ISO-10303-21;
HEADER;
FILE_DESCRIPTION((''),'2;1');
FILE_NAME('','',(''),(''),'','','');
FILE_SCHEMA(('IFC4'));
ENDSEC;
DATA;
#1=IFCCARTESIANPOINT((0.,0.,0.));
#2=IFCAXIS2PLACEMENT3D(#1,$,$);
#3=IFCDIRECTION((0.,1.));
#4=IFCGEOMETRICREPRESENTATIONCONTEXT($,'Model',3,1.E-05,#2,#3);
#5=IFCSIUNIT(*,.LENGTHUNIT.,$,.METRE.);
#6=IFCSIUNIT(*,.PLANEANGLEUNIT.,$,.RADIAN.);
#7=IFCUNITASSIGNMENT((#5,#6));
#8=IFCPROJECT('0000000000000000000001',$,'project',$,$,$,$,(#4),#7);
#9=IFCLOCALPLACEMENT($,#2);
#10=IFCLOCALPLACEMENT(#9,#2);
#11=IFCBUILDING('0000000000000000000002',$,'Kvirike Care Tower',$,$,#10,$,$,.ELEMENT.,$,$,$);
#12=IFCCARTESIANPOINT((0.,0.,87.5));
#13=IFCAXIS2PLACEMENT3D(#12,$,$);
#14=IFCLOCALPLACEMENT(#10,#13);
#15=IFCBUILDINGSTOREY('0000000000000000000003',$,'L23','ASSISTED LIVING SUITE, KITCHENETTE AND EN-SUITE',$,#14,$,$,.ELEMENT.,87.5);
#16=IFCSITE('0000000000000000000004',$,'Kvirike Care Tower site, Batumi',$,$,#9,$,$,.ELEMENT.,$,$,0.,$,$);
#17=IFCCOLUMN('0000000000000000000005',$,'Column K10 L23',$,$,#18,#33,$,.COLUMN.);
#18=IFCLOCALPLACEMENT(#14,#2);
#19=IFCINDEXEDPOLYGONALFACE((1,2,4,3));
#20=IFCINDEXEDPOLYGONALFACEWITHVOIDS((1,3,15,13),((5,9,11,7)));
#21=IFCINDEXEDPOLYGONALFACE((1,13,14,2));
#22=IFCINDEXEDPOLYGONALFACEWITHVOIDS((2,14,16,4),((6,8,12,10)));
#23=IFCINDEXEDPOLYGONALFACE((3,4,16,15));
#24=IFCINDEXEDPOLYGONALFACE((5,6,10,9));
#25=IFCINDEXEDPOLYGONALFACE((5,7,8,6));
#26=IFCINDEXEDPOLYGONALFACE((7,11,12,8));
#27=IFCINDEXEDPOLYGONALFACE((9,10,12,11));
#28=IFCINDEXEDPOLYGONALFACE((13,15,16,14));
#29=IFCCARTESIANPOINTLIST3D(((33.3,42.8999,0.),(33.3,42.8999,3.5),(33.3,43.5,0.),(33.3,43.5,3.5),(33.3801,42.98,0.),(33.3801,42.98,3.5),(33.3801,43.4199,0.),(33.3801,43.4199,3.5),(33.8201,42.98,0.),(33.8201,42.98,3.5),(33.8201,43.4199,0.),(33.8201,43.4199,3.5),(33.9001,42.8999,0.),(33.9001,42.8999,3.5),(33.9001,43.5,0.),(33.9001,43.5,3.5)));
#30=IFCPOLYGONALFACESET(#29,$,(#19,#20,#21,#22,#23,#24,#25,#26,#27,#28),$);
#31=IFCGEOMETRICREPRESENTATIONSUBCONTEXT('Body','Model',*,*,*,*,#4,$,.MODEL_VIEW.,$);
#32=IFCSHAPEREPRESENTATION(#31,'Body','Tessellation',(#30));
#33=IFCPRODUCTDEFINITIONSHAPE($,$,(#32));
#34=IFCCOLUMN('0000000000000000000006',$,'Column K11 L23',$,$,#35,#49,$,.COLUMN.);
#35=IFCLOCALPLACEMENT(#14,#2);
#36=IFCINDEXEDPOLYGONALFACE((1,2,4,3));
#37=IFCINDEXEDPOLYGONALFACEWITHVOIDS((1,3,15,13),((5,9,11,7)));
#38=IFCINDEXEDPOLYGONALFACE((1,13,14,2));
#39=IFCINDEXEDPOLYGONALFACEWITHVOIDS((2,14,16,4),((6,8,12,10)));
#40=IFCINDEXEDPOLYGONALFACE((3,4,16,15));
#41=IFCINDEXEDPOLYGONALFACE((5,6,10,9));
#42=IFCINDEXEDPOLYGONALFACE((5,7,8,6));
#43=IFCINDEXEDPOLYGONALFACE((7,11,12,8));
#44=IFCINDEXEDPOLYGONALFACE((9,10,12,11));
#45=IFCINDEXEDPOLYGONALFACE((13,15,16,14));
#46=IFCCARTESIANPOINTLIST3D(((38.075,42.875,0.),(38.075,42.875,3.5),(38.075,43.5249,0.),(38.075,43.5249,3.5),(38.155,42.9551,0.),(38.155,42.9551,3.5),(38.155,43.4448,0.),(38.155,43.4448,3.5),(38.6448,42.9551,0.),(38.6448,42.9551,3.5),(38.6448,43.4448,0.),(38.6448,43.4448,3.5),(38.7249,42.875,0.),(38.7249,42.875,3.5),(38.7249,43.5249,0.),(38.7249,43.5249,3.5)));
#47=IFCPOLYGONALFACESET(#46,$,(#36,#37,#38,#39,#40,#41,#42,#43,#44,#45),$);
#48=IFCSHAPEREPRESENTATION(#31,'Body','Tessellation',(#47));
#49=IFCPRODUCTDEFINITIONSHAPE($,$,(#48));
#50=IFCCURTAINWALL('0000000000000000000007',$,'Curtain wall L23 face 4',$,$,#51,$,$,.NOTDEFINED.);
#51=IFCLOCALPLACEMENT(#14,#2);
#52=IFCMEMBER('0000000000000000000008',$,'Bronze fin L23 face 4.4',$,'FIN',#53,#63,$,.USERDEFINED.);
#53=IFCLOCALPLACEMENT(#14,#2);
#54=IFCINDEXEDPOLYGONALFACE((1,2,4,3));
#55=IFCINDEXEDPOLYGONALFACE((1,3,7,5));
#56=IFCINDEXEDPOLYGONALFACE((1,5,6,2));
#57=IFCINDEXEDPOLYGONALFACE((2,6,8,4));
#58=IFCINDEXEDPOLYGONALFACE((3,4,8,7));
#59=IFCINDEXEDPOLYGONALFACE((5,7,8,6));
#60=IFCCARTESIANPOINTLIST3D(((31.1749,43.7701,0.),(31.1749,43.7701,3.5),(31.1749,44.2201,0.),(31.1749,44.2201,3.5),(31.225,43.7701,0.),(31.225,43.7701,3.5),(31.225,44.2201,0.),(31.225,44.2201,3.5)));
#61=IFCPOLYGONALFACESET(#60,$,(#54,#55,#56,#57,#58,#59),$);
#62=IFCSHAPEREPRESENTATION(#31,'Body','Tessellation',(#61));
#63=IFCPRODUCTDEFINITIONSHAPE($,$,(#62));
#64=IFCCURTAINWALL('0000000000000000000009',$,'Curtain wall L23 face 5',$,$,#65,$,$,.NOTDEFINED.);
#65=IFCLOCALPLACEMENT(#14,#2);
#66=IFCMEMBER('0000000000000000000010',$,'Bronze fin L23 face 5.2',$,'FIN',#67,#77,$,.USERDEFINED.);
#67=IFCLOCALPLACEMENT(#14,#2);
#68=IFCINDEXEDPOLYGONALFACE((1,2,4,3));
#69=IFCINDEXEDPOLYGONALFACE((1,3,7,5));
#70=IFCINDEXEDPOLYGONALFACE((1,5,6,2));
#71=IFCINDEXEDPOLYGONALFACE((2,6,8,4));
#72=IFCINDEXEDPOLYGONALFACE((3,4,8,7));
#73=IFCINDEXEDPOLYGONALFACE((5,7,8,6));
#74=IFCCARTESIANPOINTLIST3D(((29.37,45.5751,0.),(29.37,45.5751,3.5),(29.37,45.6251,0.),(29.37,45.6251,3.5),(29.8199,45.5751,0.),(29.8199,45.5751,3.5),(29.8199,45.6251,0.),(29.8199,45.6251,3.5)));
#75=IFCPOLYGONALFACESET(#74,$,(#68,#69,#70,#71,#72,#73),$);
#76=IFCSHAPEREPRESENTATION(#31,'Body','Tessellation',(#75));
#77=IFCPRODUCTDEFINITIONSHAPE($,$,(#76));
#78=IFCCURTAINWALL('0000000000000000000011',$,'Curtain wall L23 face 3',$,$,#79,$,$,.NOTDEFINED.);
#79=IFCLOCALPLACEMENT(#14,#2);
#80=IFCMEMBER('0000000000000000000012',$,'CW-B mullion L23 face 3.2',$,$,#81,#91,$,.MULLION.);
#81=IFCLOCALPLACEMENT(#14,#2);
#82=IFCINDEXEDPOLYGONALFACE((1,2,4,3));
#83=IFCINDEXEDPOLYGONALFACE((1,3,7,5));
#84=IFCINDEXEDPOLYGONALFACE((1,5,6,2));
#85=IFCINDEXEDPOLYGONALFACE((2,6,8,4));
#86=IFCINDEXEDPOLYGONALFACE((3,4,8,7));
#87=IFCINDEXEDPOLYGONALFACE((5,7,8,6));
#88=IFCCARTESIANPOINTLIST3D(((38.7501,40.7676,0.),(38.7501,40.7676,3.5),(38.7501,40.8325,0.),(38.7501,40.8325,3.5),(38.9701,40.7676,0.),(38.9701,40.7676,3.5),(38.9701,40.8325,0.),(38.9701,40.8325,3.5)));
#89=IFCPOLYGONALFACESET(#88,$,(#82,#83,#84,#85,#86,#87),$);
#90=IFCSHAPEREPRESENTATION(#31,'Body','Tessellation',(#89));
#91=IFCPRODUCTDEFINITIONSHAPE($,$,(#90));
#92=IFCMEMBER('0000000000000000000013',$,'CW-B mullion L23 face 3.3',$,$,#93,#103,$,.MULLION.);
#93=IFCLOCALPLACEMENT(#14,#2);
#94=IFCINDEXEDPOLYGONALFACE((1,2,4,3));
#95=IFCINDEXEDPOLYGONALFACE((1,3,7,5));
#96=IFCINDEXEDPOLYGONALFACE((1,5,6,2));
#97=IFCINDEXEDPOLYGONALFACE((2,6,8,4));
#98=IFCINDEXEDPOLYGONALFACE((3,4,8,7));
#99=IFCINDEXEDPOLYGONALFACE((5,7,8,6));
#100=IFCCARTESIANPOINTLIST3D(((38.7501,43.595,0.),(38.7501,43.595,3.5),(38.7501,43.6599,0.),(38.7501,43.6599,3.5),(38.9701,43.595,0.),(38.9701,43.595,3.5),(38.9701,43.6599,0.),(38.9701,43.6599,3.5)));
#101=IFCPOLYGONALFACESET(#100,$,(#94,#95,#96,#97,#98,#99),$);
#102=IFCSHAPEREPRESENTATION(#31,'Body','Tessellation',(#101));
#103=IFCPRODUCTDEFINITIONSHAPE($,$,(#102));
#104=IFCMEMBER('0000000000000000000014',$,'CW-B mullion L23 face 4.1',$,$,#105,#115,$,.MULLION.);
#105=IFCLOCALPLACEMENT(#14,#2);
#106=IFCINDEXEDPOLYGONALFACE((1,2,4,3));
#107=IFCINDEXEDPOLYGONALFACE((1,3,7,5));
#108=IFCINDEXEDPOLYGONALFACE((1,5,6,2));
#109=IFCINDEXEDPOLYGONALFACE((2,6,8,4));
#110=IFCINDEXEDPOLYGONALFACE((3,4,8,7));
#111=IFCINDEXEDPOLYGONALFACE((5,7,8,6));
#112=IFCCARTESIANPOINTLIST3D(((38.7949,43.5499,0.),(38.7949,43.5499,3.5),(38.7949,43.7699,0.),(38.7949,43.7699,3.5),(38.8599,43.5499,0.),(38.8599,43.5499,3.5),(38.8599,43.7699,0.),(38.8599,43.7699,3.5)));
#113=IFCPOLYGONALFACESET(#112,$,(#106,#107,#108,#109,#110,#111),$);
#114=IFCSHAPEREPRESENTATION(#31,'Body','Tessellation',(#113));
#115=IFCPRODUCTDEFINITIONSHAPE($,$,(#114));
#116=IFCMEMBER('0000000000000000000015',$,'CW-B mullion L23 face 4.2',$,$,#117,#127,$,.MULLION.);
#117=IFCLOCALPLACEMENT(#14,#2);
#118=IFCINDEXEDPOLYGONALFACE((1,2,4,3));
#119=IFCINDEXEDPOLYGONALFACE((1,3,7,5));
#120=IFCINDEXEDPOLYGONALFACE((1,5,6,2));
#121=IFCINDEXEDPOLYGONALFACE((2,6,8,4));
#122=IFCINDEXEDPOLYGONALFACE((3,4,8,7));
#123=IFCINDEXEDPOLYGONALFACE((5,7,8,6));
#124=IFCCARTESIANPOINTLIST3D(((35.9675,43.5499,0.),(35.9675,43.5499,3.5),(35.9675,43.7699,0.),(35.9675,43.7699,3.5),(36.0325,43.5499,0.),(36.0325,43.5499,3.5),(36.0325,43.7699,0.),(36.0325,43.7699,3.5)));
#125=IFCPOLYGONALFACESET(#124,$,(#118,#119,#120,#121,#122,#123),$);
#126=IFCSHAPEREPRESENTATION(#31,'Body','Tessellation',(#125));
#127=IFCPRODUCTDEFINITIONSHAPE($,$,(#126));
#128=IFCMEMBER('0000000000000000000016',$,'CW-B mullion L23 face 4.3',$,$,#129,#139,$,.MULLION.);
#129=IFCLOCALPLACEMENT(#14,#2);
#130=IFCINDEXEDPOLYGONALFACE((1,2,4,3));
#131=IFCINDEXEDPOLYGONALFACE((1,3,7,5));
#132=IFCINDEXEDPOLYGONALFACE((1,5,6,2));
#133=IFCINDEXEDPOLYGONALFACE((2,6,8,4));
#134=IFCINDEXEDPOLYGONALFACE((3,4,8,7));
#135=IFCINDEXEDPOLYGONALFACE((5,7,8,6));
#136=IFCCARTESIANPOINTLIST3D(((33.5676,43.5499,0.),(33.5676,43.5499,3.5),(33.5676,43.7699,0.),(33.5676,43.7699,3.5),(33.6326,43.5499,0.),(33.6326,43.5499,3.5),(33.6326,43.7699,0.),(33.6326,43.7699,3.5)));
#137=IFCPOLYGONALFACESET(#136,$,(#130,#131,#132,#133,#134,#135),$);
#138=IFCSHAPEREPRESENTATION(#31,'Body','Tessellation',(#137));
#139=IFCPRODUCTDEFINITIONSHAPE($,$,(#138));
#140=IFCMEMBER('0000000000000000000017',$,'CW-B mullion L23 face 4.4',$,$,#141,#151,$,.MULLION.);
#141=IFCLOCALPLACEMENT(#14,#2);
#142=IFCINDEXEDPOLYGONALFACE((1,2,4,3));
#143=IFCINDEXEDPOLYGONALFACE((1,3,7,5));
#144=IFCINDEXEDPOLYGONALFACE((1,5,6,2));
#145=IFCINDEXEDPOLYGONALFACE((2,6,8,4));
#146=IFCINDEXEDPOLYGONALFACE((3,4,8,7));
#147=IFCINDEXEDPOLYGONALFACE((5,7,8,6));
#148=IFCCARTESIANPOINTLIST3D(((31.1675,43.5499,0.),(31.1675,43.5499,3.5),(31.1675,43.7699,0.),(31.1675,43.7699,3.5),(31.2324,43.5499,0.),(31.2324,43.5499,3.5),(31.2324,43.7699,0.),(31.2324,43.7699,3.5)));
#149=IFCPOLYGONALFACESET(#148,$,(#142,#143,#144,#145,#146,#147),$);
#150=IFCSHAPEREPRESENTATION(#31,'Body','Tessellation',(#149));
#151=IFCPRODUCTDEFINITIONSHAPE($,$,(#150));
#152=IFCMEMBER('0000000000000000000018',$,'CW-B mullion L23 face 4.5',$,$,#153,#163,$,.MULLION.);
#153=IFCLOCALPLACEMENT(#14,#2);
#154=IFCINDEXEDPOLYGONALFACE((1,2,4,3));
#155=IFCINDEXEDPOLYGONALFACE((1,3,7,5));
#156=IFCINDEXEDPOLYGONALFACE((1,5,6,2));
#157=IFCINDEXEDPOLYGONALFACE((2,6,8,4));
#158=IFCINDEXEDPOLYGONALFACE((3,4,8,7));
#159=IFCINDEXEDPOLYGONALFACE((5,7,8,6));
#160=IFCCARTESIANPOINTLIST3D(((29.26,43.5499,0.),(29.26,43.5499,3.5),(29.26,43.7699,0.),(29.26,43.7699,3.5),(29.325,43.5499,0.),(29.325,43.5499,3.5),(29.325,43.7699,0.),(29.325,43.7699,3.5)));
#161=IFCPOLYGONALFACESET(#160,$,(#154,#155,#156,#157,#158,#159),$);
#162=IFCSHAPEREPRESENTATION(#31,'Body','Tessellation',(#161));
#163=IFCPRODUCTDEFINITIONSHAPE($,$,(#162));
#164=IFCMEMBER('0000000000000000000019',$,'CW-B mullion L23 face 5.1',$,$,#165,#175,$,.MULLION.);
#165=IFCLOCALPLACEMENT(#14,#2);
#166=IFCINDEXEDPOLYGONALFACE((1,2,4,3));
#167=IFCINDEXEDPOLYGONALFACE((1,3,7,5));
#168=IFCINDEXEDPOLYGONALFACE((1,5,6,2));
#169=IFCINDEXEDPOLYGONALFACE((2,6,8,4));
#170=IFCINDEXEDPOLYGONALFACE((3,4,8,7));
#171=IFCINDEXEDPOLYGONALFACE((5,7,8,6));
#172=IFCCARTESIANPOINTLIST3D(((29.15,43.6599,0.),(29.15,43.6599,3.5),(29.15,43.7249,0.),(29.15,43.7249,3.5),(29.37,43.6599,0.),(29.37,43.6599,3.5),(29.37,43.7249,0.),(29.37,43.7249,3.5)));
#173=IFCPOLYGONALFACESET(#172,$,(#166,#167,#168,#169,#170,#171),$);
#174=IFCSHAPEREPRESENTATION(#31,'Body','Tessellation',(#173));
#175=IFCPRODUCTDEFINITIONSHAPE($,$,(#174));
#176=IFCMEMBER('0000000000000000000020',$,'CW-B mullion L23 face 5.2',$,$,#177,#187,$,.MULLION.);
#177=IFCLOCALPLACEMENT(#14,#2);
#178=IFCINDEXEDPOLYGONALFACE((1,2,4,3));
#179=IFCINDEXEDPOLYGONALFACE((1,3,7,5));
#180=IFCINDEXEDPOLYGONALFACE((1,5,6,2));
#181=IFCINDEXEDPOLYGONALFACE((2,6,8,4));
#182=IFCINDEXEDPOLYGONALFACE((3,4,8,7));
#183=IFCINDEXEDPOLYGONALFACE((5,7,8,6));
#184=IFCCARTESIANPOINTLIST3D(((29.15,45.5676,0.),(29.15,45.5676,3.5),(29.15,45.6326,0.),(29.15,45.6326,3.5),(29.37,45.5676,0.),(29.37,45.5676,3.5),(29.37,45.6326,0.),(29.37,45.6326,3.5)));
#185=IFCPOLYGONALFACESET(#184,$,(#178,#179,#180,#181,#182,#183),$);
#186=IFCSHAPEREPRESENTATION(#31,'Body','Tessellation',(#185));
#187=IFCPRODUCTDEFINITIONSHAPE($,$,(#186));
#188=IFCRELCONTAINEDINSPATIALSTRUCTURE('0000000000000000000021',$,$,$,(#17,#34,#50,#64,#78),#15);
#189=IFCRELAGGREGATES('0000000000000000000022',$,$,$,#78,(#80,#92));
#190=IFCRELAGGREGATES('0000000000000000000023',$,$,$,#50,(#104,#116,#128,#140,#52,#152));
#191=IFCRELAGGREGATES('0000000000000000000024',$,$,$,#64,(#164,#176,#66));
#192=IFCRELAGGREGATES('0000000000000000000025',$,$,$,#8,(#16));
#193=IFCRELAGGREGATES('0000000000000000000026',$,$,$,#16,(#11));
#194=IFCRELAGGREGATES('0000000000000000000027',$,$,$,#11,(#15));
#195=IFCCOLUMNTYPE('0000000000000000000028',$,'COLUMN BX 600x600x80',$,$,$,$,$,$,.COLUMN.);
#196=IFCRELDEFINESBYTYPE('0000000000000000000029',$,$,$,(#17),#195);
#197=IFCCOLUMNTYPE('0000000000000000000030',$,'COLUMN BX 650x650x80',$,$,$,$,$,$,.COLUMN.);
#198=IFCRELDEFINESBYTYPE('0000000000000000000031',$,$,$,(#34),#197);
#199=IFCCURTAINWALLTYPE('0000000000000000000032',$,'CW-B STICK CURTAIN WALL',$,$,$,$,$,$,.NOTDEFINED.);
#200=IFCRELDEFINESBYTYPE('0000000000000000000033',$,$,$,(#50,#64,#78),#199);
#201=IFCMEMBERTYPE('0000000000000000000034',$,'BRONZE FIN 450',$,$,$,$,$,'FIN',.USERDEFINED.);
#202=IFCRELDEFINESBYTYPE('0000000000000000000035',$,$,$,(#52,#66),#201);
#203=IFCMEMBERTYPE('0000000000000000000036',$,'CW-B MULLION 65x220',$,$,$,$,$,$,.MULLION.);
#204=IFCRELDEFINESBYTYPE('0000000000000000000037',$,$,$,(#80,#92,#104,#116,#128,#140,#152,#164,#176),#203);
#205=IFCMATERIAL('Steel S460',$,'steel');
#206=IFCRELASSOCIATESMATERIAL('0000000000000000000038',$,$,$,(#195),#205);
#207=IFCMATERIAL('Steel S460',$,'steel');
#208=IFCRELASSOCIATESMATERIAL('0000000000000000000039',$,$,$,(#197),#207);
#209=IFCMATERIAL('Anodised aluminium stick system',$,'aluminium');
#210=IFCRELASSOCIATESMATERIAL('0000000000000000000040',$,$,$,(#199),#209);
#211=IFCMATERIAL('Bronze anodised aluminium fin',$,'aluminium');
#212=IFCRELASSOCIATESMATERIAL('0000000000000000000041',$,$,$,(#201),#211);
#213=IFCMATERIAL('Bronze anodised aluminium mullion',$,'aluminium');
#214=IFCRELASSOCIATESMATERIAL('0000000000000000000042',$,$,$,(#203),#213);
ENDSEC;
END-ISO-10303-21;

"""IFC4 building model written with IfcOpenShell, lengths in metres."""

from ifc_helpers import new_model, si_unit, direction, frame, origin, origin_2d, place, context, subcontext, project, spatial, rectangle, hollow_rectangle, extrude, material, material_profile, profile_set, type_object, element, aggregate, save


model = new_model("IFC4")

# Units and contexts
model_context = context("Model", 3, precision=1e-05, world=origin(), true_north=direction((0.0, 1.0)))
body_context = subcontext(model_context, "Body", "Model", "MODEL_VIEW")
ifc_project = project(units=[si_unit("LENGTHUNIT", "METRE"), si_unit("PLANEANGLEUNIT", "RADIAN")], contexts=[model_context])

# Site, building, storey
site_placement = place(None, origin())
site = spatial("IfcSite", under=ifc_project, at=site_placement, Name="Kvirike Care Tower site, Batumi", CompositionType="ELEMENT", RefElevation=0.0)
building_placement = place(site_placement, origin())
building = spatial("IfcBuilding", under=site, at=building_placement, Name="Kvirike Care Tower", CompositionType="ELEMENT")
storey_placement = place(building_placement, frame((0.0, 0.0, 87.5)))
storey = spatial("IfcBuildingStorey", under=building, at=storey_placement, Name="L23", Description="ASSISTED LIVING SUITE, KITCHENETTE AND EN-SUITE", CompositionType="ELEMENT", Elevation=87.5)

# Columns
ifc_material_1 = material(Name="Steel S460", Category="steel")
ifc_material_profile_1 = material_profile(ifc_material_1, hollow_rectangle(XDim=0.6001, YDim=0.6001, WallThickness=0.0801, at=origin_2d()), Name="BX 600x600x80")
ifc_profile_set_1 = profile_set([ifc_material_profile_1], Name="Steel S460")
column_type_1 = type_object("IfcColumnType", Name="COLUMN BX 600x600x80", PredefinedType="COLUMN", material=ifc_profile_set_1)
column_1_placement = place(storey_placement, frame((33.6001, 43.2, 0.0), z_axis=(0.0, 0.0, 1.0), x_axis=(0.0, 1.0, 0.0)))
element("IfcColumn", 1, at=column_1_placement, inside=storey, type_object=column_type_1, Name="Column K10 L23", PredefinedType="COLUMN", context=body_context, shape_type="SweptSolid", body=[
    extrude(hollow_rectangle(XDim=0.6001, YDim=0.6001, WallThickness=0.0801, at=origin_2d()), origin(), (0.0, 0.0, 1.0), 3.5),
])
ifc_material_2 = material(Name="Steel S460", Category="steel")
ifc_material_profile_2 = material_profile(ifc_material_2, hollow_rectangle(XDim=0.6499, YDim=0.6499, WallThickness=0.0801, at=origin_2d()), Name="BX 650x650x80")
ifc_profile_set_2 = profile_set([ifc_material_profile_2], Name="Steel S460")
column_type_2 = type_object("IfcColumnType", Name="COLUMN BX 650x650x80", PredefinedType="COLUMN", material=ifc_profile_set_2)
column_2_placement = place(storey_placement, frame((38.3999, 43.2, 0.0), z_axis=(0.0, 0.0, 1.0), x_axis=(0.0, 1.0, 0.0)))
element("IfcColumn", 2, at=column_2_placement, inside=storey, type_object=column_type_2, Name="Column K11 L23", PredefinedType="COLUMN", context=body_context, shape_type="SweptSolid", body=[
    extrude(hollow_rectangle(XDim=0.6499, YDim=0.6499, WallThickness=0.0801, at=origin_2d()), origin(), (0.0, 0.0, 1.0), 3.5),
])

# Curtain walls, members
ifc_material_3 = material(Name="Anodised aluminium stick system", Category="aluminium")
curtain_wall_type = type_object("IfcCurtainWallType", Name="CW-B STICK CURTAIN WALL", PredefinedType="NOTDEFINED", material=ifc_material_3)
curtain_wall_1_placement = place(storey_placement, origin())
curtain_wall_1 = element("IfcCurtainWall", 3, at=curtain_wall_1_placement, inside=storey, type_object=curtain_wall_type, Name="Curtain wall L23 face 4", PredefinedType="NOTDEFINED")
ifc_material_4 = material(Name="Bronze anodised aluminium fin", Category="aluminium")
ifc_material_profile_3 = material_profile(ifc_material_4, rectangle(XDim=0.05, YDim=0.45, at=origin_2d()), Name="BRONZE FIN 450")
ifc_profile_set_3 = profile_set([ifc_material_profile_3], Name="Bronze anodised aluminium fin")
member_type_1 = type_object("IfcMemberType", Name="BRONZE FIN 450", ElementType="FIN", PredefinedType="USERDEFINED", material=ifc_profile_set_3)
member_1_placement = place(storey_placement, frame((31.2, 43.9951, 0.0), z_axis=(0.0, 0.0, 1.0), x_axis=(-1.0, 0.0, 0.0)))
member_1 = element("IfcMember", 4, at=member_1_placement, type_object=member_type_1, Name="Bronze fin L23 face 4.4", ObjectType="FIN", PredefinedType="USERDEFINED", context=body_context, shape_type="SweptSolid", body=[
    extrude(rectangle(XDim=0.05, YDim=0.45, at=origin_2d()), origin(), (0.0, 0.0, 1.0), 3.5),
])
curtain_wall_2_placement = place(storey_placement, origin())
curtain_wall_2 = element("IfcCurtainWall", 5, at=curtain_wall_2_placement, inside=storey, type_object=curtain_wall_type, Name="Curtain wall L23 face 5", PredefinedType="NOTDEFINED")
member_2_placement = place(storey_placement, frame((29.595, 45.6001, 0.0), z_axis=(0.0, 0.0, 1.0), x_axis=(0.0, 1.0, 0.0)))
member_2 = element("IfcMember", 6, at=member_2_placement, type_object=member_type_1, Name="Bronze fin L23 face 5.2", ObjectType="FIN", PredefinedType="USERDEFINED", context=body_context, shape_type="SweptSolid", body=[
    extrude(rectangle(XDim=0.05, YDim=0.45, at=origin_2d()), origin(), (0.0, 0.0, 1.0), 3.5),
])

# Curtain wall, members
curtain_wall_3_placement = place(storey_placement, origin())
curtain_wall_3 = element("IfcCurtainWall", 7, at=curtain_wall_3_placement, inside=storey, type_object=curtain_wall_type, Name="Curtain wall L23 face 3", PredefinedType="NOTDEFINED")
ifc_material_5 = material(Name="Bronze anodised aluminium mullion", Category="aluminium")
ifc_material_profile_4 = material_profile(ifc_material_5, rectangle(XDim=0.0649, YDim=0.22, at=origin_2d()), Name="CW-B MULLION 65x220")
ifc_profile_set_4 = profile_set([ifc_material_profile_4], Name="Bronze anodised aluminium mullion")
member_type_2 = type_object("IfcMemberType", Name="CW-B MULLION 65x220", PredefinedType="MULLION", material=ifc_profile_set_4)
member_3_placement = place(storey_placement, frame((38.8601, 40.8, 0.0), z_axis=(0.0, 0.0, 1.0), x_axis=(0.0, 1.0, 0.0)))
member_3 = element("IfcMember", 8, at=member_3_placement, type_object=member_type_2, Name="CW-B mullion L23 face 3.2", PredefinedType="MULLION", context=body_context, shape_type="SweptSolid", body=[
    extrude(rectangle(XDim=0.0649, YDim=0.22, at=origin_2d()), origin(), (0.0, 0.0, 1.0), 3.5),
])
member_4_placement = place(storey_placement, frame((38.8601, 43.6274, 0.0), z_axis=(0.0, 0.0, 1.0), x_axis=(0.0, 1.0, 0.0)))
member_4 = element("IfcMember", 9, at=member_4_placement, type_object=member_type_2, Name="CW-B mullion L23 face 3.3", PredefinedType="MULLION", context=body_context, shape_type="SweptSolid", body=[
    extrude(rectangle(XDim=0.0649, YDim=0.22, at=origin_2d()), origin(), (0.0, 0.0, 1.0), 3.5),
])

# Members
member_5_placement = place(storey_placement, frame((38.8274, 43.6599, 0.0), z_axis=(0.0, 0.0, 1.0), x_axis=(-1.0, 0.0, 0.0)))
member_5 = element("IfcMember", 10, at=member_5_placement, type_object=member_type_2, Name="CW-B mullion L23 face 4.1", PredefinedType="MULLION", context=body_context, shape_type="SweptSolid", body=[
    extrude(rectangle(XDim=0.0649, YDim=0.22, at=origin_2d()), origin(), (0.0, 0.0, 1.0), 3.5),
])
member_6_placement = place(storey_placement, frame((36.0, 43.6599, 0.0), z_axis=(0.0, 0.0, 1.0), x_axis=(-1.0, 0.0, 0.0)))
member_6 = element("IfcMember", 11, at=member_6_placement, type_object=member_type_2, Name="CW-B mullion L23 face 4.2", PredefinedType="MULLION", context=body_context, shape_type="SweptSolid", body=[
    extrude(rectangle(XDim=0.0649, YDim=0.22, at=origin_2d()), origin(), (0.0, 0.0, 1.0), 3.5),
])
member_7_placement = place(storey_placement, frame((33.6001, 43.6599, 0.0), z_axis=(0.0, 0.0, 1.0), x_axis=(-1.0, 0.0, 0.0)))
member_7 = element("IfcMember", 12, at=member_7_placement, type_object=member_type_2, Name="CW-B mullion L23 face 4.3", PredefinedType="MULLION", context=body_context, shape_type="SweptSolid", body=[
    extrude(rectangle(XDim=0.0649, YDim=0.22, at=origin_2d()), origin(), (0.0, 0.0, 1.0), 3.5),
])
member_8_placement = place(storey_placement, frame((31.2, 43.6599, 0.0), z_axis=(0.0, 0.0, 1.0), x_axis=(-1.0, 0.0, 0.0)))
member_8 = element("IfcMember", 13, at=member_8_placement, type_object=member_type_2, Name="CW-B mullion L23 face 4.4", PredefinedType="MULLION", context=body_context, shape_type="SweptSolid", body=[
    extrude(rectangle(XDim=0.0649, YDim=0.22, at=origin_2d()), origin(), (0.0, 0.0, 1.0), 3.5),
])
member_9_placement = place(storey_placement, frame((29.2925, 43.6599, 0.0), z_axis=(0.0, 0.0, 1.0), x_axis=(-1.0, 0.0, 0.0)))
member_9 = element("IfcMember", 14, at=member_9_placement, type_object=member_type_2, Name="CW-B mullion L23 face 4.5", PredefinedType="MULLION", context=body_context, shape_type="SweptSolid", body=[
    extrude(rectangle(XDim=0.0649, YDim=0.22, at=origin_2d()), origin(), (0.0, 0.0, 1.0), 3.5),
])
member_10_placement = place(storey_placement, frame((29.26, 43.6924, 0.0), z_axis=(0.0, 0.0, 1.0), x_axis=(0.0, 1.0, 0.0)))
member_10 = element("IfcMember", 15, at=member_10_placement, type_object=member_type_2, Name="CW-B mullion L23 face 5.1", PredefinedType="MULLION", context=body_context, shape_type="SweptSolid", body=[
    extrude(rectangle(XDim=0.0649, YDim=0.22, at=origin_2d()), origin(), (0.0, 0.0, 1.0), 3.5),
])
member_11_placement = place(storey_placement, frame((29.26, 45.6001, 0.0), z_axis=(0.0, 0.0, 1.0), x_axis=(0.0, 1.0, 0.0)))
member_11 = element("IfcMember", 16, at=member_11_placement, type_object=member_type_2, Name="CW-B mullion L23 face 5.2", PredefinedType="MULLION", context=body_context, shape_type="SweptSolid", body=[
    extrude(rectangle(XDim=0.0649, YDim=0.22, at=origin_2d()), origin(), (0.0, 0.0, 1.0), 3.5),
])

aggregate(curtain_wall_3, [member_3, member_4])
aggregate(curtain_wall_1, [member_5, member_6, member_7, member_8, member_1, member_9])
aggregate(curtain_wall_2, [member_10, member_11, member_2])

save(model, "model.ifc")
